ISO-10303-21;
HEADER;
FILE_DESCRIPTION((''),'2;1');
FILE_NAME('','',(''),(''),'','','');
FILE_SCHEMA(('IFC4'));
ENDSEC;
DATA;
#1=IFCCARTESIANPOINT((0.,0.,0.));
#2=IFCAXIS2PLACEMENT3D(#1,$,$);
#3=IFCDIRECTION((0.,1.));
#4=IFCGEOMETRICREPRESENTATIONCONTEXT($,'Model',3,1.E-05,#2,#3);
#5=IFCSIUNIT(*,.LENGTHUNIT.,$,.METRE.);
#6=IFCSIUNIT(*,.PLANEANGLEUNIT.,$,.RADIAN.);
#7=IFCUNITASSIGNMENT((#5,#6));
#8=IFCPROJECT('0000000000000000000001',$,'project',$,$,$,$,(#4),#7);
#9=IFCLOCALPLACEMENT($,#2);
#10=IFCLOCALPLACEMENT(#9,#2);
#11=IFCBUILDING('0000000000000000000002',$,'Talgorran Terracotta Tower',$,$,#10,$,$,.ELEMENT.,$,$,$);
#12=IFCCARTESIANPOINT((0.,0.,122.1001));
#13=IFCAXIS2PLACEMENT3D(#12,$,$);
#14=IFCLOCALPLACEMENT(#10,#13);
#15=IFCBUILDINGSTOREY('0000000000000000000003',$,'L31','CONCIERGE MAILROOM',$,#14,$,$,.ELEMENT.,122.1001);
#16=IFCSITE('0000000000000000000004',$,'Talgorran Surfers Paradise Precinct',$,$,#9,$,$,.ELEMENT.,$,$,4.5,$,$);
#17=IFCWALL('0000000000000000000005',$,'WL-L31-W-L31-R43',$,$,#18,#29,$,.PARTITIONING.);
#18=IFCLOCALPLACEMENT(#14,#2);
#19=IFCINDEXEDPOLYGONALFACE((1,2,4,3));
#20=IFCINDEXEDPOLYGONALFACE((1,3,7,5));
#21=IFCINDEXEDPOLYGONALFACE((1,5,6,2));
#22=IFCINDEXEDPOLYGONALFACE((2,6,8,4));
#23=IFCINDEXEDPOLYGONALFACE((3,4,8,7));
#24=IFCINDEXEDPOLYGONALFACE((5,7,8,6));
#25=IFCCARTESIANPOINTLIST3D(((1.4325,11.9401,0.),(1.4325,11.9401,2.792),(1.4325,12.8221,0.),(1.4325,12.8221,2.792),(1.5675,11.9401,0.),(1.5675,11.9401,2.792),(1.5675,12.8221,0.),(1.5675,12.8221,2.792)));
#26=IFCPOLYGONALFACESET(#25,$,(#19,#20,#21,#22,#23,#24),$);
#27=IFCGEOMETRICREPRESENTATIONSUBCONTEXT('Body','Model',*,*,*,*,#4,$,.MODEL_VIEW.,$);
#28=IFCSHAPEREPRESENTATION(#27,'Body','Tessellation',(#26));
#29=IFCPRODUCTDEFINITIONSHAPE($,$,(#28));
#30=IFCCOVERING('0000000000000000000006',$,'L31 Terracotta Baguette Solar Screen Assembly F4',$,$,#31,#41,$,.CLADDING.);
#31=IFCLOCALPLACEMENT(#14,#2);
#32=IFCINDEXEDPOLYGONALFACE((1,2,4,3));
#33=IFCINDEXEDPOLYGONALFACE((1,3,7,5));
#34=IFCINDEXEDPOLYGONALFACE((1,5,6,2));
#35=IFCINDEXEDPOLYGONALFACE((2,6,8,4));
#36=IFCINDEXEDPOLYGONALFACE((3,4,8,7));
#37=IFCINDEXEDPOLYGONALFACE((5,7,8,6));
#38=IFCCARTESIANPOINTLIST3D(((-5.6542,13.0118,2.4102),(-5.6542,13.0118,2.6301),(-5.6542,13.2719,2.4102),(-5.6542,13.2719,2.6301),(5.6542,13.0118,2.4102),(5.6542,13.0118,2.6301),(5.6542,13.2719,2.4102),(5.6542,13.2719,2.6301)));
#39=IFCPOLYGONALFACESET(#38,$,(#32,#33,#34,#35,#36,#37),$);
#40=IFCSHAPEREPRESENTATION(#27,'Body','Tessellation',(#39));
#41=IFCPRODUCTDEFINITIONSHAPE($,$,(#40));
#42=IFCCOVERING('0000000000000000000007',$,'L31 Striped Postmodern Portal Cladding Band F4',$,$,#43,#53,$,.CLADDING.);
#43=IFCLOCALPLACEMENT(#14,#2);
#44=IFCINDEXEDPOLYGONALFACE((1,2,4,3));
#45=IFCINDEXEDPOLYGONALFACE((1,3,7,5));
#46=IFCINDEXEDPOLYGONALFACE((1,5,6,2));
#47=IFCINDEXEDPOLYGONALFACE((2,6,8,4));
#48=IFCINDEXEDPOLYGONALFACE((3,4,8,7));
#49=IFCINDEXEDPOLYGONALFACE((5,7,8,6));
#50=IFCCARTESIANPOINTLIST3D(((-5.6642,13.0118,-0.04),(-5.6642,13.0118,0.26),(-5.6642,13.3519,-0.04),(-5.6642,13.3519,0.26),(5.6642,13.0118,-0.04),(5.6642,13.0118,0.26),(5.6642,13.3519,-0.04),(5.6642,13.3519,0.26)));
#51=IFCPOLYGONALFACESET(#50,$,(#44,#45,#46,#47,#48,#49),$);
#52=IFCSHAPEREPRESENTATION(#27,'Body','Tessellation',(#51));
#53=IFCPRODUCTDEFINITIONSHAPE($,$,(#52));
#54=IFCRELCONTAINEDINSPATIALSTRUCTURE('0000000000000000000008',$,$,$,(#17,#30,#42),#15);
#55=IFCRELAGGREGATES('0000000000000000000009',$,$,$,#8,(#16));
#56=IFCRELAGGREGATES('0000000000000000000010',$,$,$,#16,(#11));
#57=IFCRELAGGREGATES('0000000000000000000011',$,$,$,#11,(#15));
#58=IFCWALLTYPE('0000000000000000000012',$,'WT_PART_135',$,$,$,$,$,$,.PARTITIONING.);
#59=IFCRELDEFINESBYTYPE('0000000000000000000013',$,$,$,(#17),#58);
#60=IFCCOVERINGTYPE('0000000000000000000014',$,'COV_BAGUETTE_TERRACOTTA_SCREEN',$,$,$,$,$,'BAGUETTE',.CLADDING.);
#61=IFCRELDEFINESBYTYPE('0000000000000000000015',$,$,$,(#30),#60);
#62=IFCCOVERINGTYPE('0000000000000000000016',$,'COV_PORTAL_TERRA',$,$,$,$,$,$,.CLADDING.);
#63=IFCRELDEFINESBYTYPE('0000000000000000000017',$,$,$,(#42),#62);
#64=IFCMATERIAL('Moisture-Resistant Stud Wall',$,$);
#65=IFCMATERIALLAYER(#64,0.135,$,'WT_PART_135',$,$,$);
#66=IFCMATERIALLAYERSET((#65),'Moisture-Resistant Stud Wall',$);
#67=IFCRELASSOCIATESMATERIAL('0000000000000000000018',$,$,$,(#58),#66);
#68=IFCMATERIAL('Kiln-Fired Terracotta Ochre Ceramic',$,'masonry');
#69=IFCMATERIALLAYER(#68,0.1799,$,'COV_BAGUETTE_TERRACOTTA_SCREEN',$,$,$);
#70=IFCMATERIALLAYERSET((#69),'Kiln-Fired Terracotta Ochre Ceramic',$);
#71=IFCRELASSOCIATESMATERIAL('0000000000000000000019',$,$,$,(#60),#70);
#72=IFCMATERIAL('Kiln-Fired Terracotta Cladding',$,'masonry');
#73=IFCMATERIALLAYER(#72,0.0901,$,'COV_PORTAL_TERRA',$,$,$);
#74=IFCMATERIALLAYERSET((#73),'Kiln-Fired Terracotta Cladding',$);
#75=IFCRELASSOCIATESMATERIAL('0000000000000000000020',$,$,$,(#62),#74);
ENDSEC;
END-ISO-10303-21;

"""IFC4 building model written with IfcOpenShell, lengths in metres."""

from ifc_helpers import new_model, si_unit, direction, frame, frame_2d, origin, origin_2d, place, context, subcontext, project, spatial, rectangle, extrude, material, layer, layer_set, type_object, element, save


model = new_model("IFC4")

# Units and contexts
model_context = context("Model", 3, precision=1e-05, world=origin(), true_north=direction((0.0, 1.0)))
body_context = subcontext(model_context, "Body", "Model", "MODEL_VIEW")
ifc_project = project(units=[si_unit("LENGTHUNIT", "METRE"), si_unit("PLANEANGLEUNIT", "RADIAN")], contexts=[model_context])

# Site, building, storey
site_placement = place(None, origin())
site = spatial("IfcSite", under=ifc_project, at=site_placement, Name="Talgorran Surfers Paradise Precinct", CompositionType="ELEMENT", RefElevation=4.5)
building_placement = place(site_placement, origin())
building = spatial("IfcBuilding", under=site, at=building_placement, Name="Talgorran Terracotta Tower", CompositionType="ELEMENT")
storey_placement = place(building_placement, frame((0.0, 0.0, 122.1001)))
storey = spatial("IfcBuildingStorey", under=building, at=storey_placement, Name="L31", Description="CONCIERGE MAILROOM", CompositionType="ELEMENT", Elevation=122.1001)

# Wall
ifc_material_1 = material(Name="Moisture-Resistant Stud Wall")
ifc_layer_1 = layer(ifc_material_1, 0.135, Name="WT_PART_135")
ifc_layer_set_1 = layer_set([ifc_layer_1], Name="Moisture-Resistant Stud Wall")
wall_type_1 = type_object("IfcWallType", Name="WT_PART_135", PredefinedType="PARTITIONING", material=ifc_layer_set_1)
wall_1_placement = place(storey_placement, frame((1.5, 12.822, 0.0), z_axis=(0.0, 0.0, 1.0), x_axis=(0.0, -1.0, 0.0)))
element("IfcWall", 1, at=wall_1_placement, inside=storey, type_object=wall_type_1, Name="WL-L31-W-L31-R43", PredefinedType="PARTITIONING", context=body_context, shape_type="SweptSolid", body=[
    extrude(rectangle(XDim=0.8821, YDim=0.135, at=frame_2d((0.4409, 0.0))), origin(), (0.0, 0.0, 1.0), 2.792),
])

# Coverings
ifc_material_2 = material(Name="Kiln-Fired Terracotta Ochre Ceramic", Category="masonry")
ifc_layer_2 = layer(ifc_material_2, 0.1799, Name="COV_BAGUETTE_TERRACOTTA_SCREEN")
ifc_layer_set_2 = layer_set([ifc_layer_2], Name="Kiln-Fired Terracotta Ochre Ceramic")
covering_type_1 = type_object("IfcCoveringType", Name="COV_BAGUETTE_TERRACOTTA_SCREEN", ElementType="BAGUETTE", PredefinedType="CLADDING", material=ifc_layer_set_2)
covering_1_placement = place(storey_placement, frame((0.0, 13.1418, 2.4102), z_axis=(0.0, 0.0, 1.0), x_axis=(-1.0, 0.0, 0.0)))
element("IfcCovering", 2, at=covering_1_placement, inside=storey, type_object=covering_type_1, Name="L31 Terracotta Baguette Solar Screen Assembly F4", PredefinedType="CLADDING", context=body_context, shape_type="SweptSolid", body=[
    extrude(rectangle(XDim=11.3083, YDim=0.26, at=origin_2d()), origin(), (0.0, 0.0, 1.0), 0.22),
])
ifc_material_3 = material(Name="Kiln-Fired Terracotta Cladding", Category="masonry")
ifc_layer_3 = layer(ifc_material_3, 0.0901, Name="COV_PORTAL_TERRA")
ifc_layer_set_3 = layer_set([ifc_layer_3], Name="Kiln-Fired Terracotta Cladding")
covering_type_2 = type_object("IfcCoveringType", Name="COV_PORTAL_TERRA", PredefinedType="CLADDING", material=ifc_layer_set_3)
covering_2_placement = place(storey_placement, frame((0.0, 13.1819, -0.04), z_axis=(0.0, 0.0, 1.0), x_axis=(-1.0, 0.0, 0.0)))
element("IfcCovering", 3, at=covering_2_placement, inside=storey, type_object=covering_type_2, Name="L31 Striped Postmodern Portal Cladding Band F4", PredefinedType="CLADDING", context=body_context, shape_type="SweptSolid", body=[
    extrude(rectangle(XDim=11.3284, YDim=0.3401, at=origin_2d()), origin(), (0.0, 0.0, 1.0), 0.3),
])

save(model, "model.ifc")
